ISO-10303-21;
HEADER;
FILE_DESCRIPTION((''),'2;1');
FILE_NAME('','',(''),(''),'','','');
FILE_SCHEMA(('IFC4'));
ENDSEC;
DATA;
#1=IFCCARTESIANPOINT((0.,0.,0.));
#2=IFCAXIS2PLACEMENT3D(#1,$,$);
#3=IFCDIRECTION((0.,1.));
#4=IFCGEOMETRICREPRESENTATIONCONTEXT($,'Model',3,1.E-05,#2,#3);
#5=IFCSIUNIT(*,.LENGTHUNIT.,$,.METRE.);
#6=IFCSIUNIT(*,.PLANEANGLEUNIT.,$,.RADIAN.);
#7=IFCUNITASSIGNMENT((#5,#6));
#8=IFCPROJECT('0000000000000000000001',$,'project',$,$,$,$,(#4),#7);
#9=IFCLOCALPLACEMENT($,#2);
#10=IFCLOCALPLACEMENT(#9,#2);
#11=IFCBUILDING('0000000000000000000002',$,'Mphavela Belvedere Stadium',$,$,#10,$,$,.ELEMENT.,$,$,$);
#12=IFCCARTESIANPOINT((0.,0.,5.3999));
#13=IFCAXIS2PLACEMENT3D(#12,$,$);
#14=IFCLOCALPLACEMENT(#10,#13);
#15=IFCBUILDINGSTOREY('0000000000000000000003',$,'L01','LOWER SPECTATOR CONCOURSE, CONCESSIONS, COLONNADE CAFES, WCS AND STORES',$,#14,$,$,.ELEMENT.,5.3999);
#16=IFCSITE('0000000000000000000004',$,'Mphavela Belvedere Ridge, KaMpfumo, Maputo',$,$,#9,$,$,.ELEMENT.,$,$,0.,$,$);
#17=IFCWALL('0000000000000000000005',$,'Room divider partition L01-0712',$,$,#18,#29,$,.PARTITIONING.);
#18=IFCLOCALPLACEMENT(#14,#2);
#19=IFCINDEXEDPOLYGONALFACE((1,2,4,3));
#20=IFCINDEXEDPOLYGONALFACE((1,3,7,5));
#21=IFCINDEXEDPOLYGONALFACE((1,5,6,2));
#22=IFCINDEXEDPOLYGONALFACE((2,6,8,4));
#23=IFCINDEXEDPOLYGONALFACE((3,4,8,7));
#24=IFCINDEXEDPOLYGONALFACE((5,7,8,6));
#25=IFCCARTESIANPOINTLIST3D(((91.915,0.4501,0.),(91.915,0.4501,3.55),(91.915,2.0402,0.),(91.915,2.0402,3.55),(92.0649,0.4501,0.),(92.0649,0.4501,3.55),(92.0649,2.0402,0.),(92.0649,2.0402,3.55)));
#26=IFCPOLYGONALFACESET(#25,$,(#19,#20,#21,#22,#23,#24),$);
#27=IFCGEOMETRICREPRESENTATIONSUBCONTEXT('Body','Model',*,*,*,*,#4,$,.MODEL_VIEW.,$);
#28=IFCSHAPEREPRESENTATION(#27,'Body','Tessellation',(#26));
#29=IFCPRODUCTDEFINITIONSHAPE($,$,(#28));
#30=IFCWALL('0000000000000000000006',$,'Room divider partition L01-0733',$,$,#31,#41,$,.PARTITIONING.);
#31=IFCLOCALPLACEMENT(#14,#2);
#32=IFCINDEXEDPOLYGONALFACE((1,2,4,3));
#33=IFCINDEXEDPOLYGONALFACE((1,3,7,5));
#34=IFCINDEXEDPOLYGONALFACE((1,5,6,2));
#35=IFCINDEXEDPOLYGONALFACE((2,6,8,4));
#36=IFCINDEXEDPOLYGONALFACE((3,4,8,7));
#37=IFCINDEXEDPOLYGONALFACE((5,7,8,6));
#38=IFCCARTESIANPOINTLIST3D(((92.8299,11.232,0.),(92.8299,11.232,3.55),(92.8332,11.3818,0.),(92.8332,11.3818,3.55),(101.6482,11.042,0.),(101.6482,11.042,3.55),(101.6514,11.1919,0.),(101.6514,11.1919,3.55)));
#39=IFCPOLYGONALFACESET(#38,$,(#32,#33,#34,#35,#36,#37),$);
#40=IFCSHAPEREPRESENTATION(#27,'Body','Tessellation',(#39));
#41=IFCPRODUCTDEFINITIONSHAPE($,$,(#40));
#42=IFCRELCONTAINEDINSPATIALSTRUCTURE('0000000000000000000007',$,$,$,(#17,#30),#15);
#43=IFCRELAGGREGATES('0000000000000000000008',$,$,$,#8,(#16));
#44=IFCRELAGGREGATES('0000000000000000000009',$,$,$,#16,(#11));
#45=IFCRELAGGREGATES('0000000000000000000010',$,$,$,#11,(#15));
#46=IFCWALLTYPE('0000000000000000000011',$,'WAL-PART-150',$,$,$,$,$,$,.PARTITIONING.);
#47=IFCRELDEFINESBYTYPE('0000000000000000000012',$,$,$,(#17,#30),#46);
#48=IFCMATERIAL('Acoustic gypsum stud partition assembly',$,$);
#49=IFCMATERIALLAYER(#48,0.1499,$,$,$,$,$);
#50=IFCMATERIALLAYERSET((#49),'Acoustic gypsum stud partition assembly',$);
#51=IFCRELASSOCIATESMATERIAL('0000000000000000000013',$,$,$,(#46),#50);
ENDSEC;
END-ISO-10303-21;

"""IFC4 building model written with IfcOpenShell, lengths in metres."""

from ifc_helpers import new_model, si_unit, direction, frame, frame_2d, origin, place, context, subcontext, project, spatial, rectangle, extrude, material, layer, layer_set, type_object, element, save


model = new_model("IFC4")

# Units and contexts
model_context = context("Model", 3, precision=1e-05, world=origin(), true_north=direction((0.0, 1.0)))
body_context = subcontext(model_context, "Body", "Model", "MODEL_VIEW")
ifc_project = project(units=[si_unit("LENGTHUNIT", "METRE"), si_unit("PLANEANGLEUNIT", "RADIAN")], contexts=[model_context])

# Site, building, storey
site_placement = place(None, origin())
site = spatial("IfcSite", under=ifc_project, at=site_placement, Name="Mphavela Belvedere Ridge, KaMpfumo, Maputo", CompositionType="ELEMENT", RefElevation=0.0)
building_placement = place(site_placement, origin())
building = spatial("IfcBuilding", under=site, at=building_placement, Name="Mphavela Belvedere Stadium", CompositionType="ELEMENT")
storey_placement = place(building_placement, frame((0.0, 0.0, 5.3999)))
storey = spatial("IfcBuildingStorey", under=building, at=storey_placement, Name="L01", Description="LOWER SPECTATOR CONCOURSE, CONCESSIONS, COLONNADE CAFES, WCS AND STORES", CompositionType="ELEMENT", Elevation=5.3999)

# Walls
ifc_material_1 = material(Name="Acoustic gypsum stud partition assembly")
ifc_layer_1 = layer(ifc_material_1, 0.1499)
ifc_layer_set_1 = layer_set([ifc_layer_1], Name="Acoustic gypsum stud partition assembly")
wall_type_1 = type_object("IfcWallType", Name="WAL-PART-150", PredefinedType="PARTITIONING", material=ifc_layer_set_1)
wall_1_placement = place(storey_placement, frame((91.99, 2.04, 0.0), z_axis=(0.0, 0.0, 1.0), x_axis=(0.0, -1.0, 0.0)))
element("IfcWall", 1, at=wall_1_placement, inside=storey, type_object=wall_type_1, Name="Room divider partition L01-0712", PredefinedType="PARTITIONING", context=body_context, shape_type="SweptSolid", body=[
    extrude(rectangle(XDim=1.5901, YDim=0.1499, at=frame_2d((0.7949, 0.0))), origin(), (0.0, 0.0, 1.0), 3.55),
])
wall_2_placement = place(storey_placement, frame((92.8315, 11.3069, 0.0), z_axis=(0.0, 0.0, 1.0), x_axis=(0.999768, -0.021534, 0.0)))
element("IfcWall", 2, at=wall_2_placement, inside=storey, type_object=wall_type_1, Name="Room divider partition L01-0733", PredefinedType="PARTITIONING", context=body_context, shape_type="SweptSolid", body=[
    extrude(rectangle(XDim=8.8203, YDim=0.1499, at=frame_2d((4.4102, 0.0))), origin(), (0.0, 0.0, 1.0), 3.55),
])

save(model, "model.ifc")
